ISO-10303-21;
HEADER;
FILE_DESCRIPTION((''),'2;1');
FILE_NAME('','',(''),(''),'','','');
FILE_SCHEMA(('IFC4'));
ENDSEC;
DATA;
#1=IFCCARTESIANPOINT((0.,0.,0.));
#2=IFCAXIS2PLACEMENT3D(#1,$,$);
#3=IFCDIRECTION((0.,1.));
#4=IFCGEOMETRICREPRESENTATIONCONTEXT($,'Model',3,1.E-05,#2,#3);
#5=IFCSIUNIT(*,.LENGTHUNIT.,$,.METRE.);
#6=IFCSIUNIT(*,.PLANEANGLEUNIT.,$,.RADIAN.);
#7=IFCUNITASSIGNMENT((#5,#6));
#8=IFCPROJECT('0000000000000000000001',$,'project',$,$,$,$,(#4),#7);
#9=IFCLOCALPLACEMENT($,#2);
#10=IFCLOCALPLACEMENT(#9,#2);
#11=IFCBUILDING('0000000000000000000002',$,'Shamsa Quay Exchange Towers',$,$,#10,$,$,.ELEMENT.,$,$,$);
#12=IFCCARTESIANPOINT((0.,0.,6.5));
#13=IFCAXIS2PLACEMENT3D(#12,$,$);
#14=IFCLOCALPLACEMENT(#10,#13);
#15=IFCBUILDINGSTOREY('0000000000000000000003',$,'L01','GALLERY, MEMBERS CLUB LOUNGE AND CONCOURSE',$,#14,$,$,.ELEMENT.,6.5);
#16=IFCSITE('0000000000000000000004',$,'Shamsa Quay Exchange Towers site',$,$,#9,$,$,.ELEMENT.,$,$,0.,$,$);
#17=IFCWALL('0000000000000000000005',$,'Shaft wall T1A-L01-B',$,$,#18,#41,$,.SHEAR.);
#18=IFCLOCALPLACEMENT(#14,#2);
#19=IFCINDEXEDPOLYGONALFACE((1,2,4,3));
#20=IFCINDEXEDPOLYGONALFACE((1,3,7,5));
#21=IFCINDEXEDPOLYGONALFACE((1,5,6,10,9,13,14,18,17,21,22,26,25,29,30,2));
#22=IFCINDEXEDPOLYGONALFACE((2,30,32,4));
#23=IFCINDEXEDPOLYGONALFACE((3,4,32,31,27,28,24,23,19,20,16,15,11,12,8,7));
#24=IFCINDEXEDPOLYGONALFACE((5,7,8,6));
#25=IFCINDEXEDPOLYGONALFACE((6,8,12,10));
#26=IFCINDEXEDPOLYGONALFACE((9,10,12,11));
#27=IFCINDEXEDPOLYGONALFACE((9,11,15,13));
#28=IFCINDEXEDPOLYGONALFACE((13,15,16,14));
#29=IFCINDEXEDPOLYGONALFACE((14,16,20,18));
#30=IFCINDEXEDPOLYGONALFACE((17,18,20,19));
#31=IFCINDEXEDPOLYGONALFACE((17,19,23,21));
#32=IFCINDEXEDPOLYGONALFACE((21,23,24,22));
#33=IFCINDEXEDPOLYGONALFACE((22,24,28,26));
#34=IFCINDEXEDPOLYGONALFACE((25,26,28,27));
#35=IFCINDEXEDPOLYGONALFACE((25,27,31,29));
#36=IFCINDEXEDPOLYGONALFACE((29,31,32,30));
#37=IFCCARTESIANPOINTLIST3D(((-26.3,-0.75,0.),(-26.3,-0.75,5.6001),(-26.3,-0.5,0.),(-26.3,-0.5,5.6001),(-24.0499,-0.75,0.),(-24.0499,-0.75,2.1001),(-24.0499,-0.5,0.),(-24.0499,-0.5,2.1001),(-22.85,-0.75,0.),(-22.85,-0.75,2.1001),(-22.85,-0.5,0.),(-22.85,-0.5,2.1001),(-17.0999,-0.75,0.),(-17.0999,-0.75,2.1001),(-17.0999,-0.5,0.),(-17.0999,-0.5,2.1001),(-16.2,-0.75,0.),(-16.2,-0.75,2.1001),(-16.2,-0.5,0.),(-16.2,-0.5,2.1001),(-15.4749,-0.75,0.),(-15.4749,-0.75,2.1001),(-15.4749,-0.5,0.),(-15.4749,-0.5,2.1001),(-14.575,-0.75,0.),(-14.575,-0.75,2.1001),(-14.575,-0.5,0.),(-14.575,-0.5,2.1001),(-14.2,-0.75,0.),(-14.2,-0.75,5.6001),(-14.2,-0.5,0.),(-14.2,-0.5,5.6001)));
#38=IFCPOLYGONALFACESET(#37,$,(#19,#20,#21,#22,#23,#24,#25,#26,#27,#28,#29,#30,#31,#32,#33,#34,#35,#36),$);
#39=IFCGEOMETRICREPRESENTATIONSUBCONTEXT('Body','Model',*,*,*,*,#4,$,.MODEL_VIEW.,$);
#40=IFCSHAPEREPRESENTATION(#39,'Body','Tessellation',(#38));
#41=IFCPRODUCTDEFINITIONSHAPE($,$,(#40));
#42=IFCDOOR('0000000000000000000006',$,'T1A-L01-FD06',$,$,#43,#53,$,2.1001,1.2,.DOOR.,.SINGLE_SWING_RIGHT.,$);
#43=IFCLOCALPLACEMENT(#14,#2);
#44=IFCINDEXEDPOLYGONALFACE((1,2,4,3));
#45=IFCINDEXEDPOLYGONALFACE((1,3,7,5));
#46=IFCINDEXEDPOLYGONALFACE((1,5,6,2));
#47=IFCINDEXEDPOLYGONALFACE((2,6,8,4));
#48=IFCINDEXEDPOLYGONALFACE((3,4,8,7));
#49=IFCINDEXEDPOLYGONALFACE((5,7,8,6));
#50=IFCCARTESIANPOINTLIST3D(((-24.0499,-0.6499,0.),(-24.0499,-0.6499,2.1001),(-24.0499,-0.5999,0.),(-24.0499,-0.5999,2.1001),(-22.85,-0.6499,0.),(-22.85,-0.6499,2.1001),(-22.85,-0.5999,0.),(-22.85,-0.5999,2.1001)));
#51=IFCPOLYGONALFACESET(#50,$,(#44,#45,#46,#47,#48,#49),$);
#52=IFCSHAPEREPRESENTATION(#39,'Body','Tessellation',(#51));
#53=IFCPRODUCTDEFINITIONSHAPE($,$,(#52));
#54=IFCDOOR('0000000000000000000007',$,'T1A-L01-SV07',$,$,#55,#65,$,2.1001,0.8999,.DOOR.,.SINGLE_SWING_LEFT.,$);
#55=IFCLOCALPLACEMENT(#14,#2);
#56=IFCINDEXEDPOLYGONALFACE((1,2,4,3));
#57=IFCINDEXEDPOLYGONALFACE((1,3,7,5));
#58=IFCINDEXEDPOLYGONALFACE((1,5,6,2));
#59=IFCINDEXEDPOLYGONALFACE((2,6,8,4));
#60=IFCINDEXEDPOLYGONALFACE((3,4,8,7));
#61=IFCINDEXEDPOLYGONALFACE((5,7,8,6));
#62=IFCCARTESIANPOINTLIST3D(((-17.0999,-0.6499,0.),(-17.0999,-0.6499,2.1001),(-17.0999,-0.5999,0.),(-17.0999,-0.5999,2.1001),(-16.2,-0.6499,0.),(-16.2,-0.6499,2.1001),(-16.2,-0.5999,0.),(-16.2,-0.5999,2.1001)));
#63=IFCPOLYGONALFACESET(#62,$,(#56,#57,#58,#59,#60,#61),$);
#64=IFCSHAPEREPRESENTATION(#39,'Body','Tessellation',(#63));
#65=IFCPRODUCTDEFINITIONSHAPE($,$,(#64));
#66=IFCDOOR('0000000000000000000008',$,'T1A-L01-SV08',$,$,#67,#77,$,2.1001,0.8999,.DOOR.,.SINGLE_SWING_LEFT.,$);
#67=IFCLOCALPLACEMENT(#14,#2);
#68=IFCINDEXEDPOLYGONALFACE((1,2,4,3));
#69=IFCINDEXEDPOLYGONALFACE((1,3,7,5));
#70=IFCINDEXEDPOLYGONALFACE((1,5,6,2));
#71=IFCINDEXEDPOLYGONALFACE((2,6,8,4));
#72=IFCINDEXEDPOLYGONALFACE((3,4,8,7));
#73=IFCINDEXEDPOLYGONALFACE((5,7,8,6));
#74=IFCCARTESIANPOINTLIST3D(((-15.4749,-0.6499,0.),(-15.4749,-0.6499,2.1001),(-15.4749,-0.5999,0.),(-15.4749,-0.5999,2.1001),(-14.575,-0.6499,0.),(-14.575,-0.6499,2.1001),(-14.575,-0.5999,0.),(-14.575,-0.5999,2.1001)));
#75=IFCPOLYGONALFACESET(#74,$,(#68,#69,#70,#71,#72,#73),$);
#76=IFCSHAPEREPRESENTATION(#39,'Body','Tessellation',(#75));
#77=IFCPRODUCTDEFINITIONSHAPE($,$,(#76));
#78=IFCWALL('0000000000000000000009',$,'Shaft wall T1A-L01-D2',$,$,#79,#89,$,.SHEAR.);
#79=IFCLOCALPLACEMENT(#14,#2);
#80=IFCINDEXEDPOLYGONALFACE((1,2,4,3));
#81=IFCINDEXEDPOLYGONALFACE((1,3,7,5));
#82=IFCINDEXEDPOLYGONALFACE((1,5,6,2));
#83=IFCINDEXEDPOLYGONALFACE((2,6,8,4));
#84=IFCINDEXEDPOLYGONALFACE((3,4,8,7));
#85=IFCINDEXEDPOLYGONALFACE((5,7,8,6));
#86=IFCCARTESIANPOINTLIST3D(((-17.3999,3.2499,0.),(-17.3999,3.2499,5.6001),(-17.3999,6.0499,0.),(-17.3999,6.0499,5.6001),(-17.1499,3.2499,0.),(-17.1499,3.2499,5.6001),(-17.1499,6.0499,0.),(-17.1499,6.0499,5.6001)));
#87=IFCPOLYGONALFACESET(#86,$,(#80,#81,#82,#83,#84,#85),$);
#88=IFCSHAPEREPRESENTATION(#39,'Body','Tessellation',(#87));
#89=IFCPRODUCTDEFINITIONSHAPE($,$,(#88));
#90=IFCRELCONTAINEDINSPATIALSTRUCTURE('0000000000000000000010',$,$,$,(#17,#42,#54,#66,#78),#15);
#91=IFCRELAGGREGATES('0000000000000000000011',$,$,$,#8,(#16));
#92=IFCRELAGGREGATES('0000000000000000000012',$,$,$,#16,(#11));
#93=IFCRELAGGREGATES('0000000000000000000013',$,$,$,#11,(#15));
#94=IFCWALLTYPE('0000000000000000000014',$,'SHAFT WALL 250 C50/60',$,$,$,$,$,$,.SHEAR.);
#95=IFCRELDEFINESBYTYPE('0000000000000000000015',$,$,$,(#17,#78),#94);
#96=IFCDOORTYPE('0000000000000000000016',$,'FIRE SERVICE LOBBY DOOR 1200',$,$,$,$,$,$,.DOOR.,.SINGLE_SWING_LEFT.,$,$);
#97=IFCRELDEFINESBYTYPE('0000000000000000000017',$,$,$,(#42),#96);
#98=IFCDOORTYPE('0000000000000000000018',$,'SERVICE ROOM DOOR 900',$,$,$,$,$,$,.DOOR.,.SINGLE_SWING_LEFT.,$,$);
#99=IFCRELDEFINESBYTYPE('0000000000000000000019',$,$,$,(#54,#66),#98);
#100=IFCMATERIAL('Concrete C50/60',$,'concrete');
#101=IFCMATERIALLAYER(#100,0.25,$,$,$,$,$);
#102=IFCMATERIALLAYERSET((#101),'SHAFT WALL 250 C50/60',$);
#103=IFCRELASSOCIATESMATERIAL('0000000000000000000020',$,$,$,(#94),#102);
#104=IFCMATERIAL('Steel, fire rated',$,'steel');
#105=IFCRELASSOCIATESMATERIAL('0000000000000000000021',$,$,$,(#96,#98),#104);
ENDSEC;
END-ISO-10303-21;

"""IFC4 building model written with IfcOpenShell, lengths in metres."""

from ifc_helpers import new_model, si_unit, direction, frame, frame_2d, origin, place, context, subcontext, project, spatial, rectangle, extrude, material, layer, layer_set, type_object, element, fill, save


model = new_model("IFC4")

# Units and contexts
model_context = context("Model", 3, precision=1e-05, world=origin(), true_north=direction((0.0, 1.0)))
body_context = subcontext(model_context, "Body", "Model", "MODEL_VIEW")
ifc_project = project(units=[si_unit("LENGTHUNIT", "METRE"), si_unit("PLANEANGLEUNIT", "RADIAN")], contexts=[model_context])

# Site, building, storey
site_placement = place(None, origin())
site = spatial("IfcSite", under=ifc_project, at=site_placement, Name="Shamsa Quay Exchange Towers site", CompositionType="ELEMENT", RefElevation=0.0)
building_placement = place(site_placement, origin())
building = spatial("IfcBuilding", under=site, at=building_placement, Name="Shamsa Quay Exchange Towers", CompositionType="ELEMENT")
storey_placement = place(building_placement, frame((0.0, 0.0, 6.5)))
storey = spatial("IfcBuildingStorey", under=building, at=storey_placement, Name="L01", Description="GALLERY, MEMBERS CLUB LOUNGE AND CONCOURSE", CompositionType="ELEMENT", Elevation=6.5)

# Shared definitions
ifc_material_1 = material(Name="Steel, fire rated", Category="steel")

# Shared definitions
ifc_material_2 = material(Name="Concrete C50/60", Category="concrete")
ifc_layer_1 = layer(ifc_material_2, 0.25)
ifc_layer_set_1 = layer_set([ifc_layer_1], Name="SHAFT WALL 250 C50/60")
wall_type_1 = type_object("IfcWallType", Name="SHAFT WALL 250 C50/60", PredefinedType="SHEAR", material=ifc_layer_set_1)

# Wall, openings, doors
wall_1_placement = place(storey_placement, frame((-14.2, -0.625, 0.0), z_axis=(0.0, 0.0, 1.0), x_axis=(-1.0, 0.0, 0.0)))
wall_1 = element("IfcWall", 1, at=wall_1_placement, inside=storey, type_object=wall_type_1, Name="Shaft wall T1A-L01-B", PredefinedType="SHEAR", context=body_context, shape_type="SweptSolid", body=[
    extrude(rectangle(XDim=12.1001, YDim=0.25, at=frame_2d((6.05, 0.0))), origin(), (0.0, 0.0, 1.0), 5.6001),
])
opening_1_placement = place(wall_1_placement, frame((8.6499, 0.0, 0.0)))
opening_1 = element("IfcOpeningElement", 2, at=opening_1_placement, cuts=wall_1, PredefinedType="OPENING", context=body_context, shape_type="SweptSolid", body=[
    extrude(rectangle(XDim=1.2, YDim=2.1001, at=frame_2d((0.6001, 1.05))), frame((0.0, 0.135, 0.0), z_axis=(0.0, -1.0, 0.0), x_axis=(1.0, 0.0, 0.0)), (0.0, 0.0, 1.0), 0.27),
])
opening_2_placement = place(wall_1_placement, frame((2.0, 0.0, 0.0)))
opening_2 = element("IfcOpeningElement", 3, at=opening_2_placement, cuts=wall_1, PredefinedType="OPENING", context=body_context, shape_type="SweptSolid", body=[
    extrude(rectangle(XDim=0.8999, YDim=2.1001, at=frame_2d((0.45, 1.05))), frame((0.0, 0.135, 0.0), z_axis=(0.0, -1.0, 0.0), x_axis=(1.0, 0.0, 0.0)), (0.0, 0.0, 1.0), 0.27),
])
opening_3_placement = place(wall_1_placement, frame((0.375, 0.0, 0.0)))
opening_3 = element("IfcOpeningElement", 4, at=opening_3_placement, cuts=wall_1, PredefinedType="OPENING", context=body_context, shape_type="SweptSolid", body=[
    extrude(rectangle(XDim=0.8999, YDim=2.1001, at=frame_2d((0.45, 1.05))), frame((0.0, 0.135, 0.0), z_axis=(0.0, -1.0, 0.0), x_axis=(1.0, 0.0, 0.0)), (0.0, 0.0, 1.0), 0.27),
])
door_type_1 = type_object("IfcDoorType", Name="FIRE SERVICE LOBBY DOOR 1200", OperationType="SINGLE_SWING_LEFT", PredefinedType="DOOR", material=ifc_material_1)
door_1_placement = place(opening_1_placement, origin())
door_1 = element("IfcDoor", 5, at=door_1_placement, inside=storey, type_object=door_type_1, Name="T1A-L01-FD06", OperationType="SINGLE_SWING_RIGHT", OverallHeight=2.1001, OverallWidth=1.2, PredefinedType="DOOR", context=body_context, shape_type="SweptSolid", body=[
    extrude(rectangle(XDim=1.2, YDim=2.1001, at=frame_2d((0.6001, 1.05))), frame((0.0, 0.0249, 0.0), z_axis=(0.0, -1.0, 0.0), x_axis=(1.0, 0.0, 0.0)), (0.0, 0.0, 1.0), 0.05),
])
fill(opening_1, door_1)
door_type_2 = type_object("IfcDoorType", Name="SERVICE ROOM DOOR 900", OperationType="SINGLE_SWING_LEFT", PredefinedType="DOOR", material=ifc_material_1)
door_2_placement = place(opening_2_placement, origin())
door_2 = element("IfcDoor", 6, at=door_2_placement, inside=storey, type_object=door_type_2, Name="T1A-L01-SV07", OperationType="SINGLE_SWING_LEFT", OverallHeight=2.1001, OverallWidth=0.8999, PredefinedType="DOOR", context=body_context, shape_type="SweptSolid", body=[
    extrude(rectangle(XDim=0.8999, YDim=2.1001, at=frame_2d((0.45, 1.05))), frame((0.0, 0.0249, 0.0), z_axis=(0.0, -1.0, 0.0), x_axis=(1.0, 0.0, 0.0)), (0.0, 0.0, 1.0), 0.05),
])
fill(opening_2, door_2)
door_3_placement = place(opening_3_placement, origin())
door_3 = element("IfcDoor", 7, at=door_3_placement, inside=storey, type_object=door_type_2, Name="T1A-L01-SV08", OperationType="SINGLE_SWING_LEFT", OverallHeight=2.1001, OverallWidth=0.8999, PredefinedType="DOOR", context=body_context, shape_type="SweptSolid", body=[
    extrude(rectangle(XDim=0.8999, YDim=2.1001, at=frame_2d((0.45, 1.05))), frame((0.0, 0.0249, 0.0), z_axis=(0.0, -1.0, 0.0), x_axis=(1.0, 0.0, 0.0)), (0.0, 0.0, 1.0), 0.05),
])
fill(opening_3, door_3)

# Wall
wall_2_placement = place(storey_placement, frame((-17.2749, 3.25, 0.0), z_axis=(0.0, 0.0, 1.0), x_axis=(0.0, 1.0, 0.0)))
element("IfcWall", 8, at=wall_2_placement, inside=storey, type_object=wall_type_1, Name="Shaft wall T1A-L01-D2", PredefinedType="SHEAR", context=body_context, shape_type="SweptSolid", body=[
    extrude(rectangle(XDim=2.8, YDim=0.25, at=frame_2d((1.3999, 0.0))), origin(), (0.0, 0.0, 1.0), 5.6001),
])

save(model, "model.ifc")
